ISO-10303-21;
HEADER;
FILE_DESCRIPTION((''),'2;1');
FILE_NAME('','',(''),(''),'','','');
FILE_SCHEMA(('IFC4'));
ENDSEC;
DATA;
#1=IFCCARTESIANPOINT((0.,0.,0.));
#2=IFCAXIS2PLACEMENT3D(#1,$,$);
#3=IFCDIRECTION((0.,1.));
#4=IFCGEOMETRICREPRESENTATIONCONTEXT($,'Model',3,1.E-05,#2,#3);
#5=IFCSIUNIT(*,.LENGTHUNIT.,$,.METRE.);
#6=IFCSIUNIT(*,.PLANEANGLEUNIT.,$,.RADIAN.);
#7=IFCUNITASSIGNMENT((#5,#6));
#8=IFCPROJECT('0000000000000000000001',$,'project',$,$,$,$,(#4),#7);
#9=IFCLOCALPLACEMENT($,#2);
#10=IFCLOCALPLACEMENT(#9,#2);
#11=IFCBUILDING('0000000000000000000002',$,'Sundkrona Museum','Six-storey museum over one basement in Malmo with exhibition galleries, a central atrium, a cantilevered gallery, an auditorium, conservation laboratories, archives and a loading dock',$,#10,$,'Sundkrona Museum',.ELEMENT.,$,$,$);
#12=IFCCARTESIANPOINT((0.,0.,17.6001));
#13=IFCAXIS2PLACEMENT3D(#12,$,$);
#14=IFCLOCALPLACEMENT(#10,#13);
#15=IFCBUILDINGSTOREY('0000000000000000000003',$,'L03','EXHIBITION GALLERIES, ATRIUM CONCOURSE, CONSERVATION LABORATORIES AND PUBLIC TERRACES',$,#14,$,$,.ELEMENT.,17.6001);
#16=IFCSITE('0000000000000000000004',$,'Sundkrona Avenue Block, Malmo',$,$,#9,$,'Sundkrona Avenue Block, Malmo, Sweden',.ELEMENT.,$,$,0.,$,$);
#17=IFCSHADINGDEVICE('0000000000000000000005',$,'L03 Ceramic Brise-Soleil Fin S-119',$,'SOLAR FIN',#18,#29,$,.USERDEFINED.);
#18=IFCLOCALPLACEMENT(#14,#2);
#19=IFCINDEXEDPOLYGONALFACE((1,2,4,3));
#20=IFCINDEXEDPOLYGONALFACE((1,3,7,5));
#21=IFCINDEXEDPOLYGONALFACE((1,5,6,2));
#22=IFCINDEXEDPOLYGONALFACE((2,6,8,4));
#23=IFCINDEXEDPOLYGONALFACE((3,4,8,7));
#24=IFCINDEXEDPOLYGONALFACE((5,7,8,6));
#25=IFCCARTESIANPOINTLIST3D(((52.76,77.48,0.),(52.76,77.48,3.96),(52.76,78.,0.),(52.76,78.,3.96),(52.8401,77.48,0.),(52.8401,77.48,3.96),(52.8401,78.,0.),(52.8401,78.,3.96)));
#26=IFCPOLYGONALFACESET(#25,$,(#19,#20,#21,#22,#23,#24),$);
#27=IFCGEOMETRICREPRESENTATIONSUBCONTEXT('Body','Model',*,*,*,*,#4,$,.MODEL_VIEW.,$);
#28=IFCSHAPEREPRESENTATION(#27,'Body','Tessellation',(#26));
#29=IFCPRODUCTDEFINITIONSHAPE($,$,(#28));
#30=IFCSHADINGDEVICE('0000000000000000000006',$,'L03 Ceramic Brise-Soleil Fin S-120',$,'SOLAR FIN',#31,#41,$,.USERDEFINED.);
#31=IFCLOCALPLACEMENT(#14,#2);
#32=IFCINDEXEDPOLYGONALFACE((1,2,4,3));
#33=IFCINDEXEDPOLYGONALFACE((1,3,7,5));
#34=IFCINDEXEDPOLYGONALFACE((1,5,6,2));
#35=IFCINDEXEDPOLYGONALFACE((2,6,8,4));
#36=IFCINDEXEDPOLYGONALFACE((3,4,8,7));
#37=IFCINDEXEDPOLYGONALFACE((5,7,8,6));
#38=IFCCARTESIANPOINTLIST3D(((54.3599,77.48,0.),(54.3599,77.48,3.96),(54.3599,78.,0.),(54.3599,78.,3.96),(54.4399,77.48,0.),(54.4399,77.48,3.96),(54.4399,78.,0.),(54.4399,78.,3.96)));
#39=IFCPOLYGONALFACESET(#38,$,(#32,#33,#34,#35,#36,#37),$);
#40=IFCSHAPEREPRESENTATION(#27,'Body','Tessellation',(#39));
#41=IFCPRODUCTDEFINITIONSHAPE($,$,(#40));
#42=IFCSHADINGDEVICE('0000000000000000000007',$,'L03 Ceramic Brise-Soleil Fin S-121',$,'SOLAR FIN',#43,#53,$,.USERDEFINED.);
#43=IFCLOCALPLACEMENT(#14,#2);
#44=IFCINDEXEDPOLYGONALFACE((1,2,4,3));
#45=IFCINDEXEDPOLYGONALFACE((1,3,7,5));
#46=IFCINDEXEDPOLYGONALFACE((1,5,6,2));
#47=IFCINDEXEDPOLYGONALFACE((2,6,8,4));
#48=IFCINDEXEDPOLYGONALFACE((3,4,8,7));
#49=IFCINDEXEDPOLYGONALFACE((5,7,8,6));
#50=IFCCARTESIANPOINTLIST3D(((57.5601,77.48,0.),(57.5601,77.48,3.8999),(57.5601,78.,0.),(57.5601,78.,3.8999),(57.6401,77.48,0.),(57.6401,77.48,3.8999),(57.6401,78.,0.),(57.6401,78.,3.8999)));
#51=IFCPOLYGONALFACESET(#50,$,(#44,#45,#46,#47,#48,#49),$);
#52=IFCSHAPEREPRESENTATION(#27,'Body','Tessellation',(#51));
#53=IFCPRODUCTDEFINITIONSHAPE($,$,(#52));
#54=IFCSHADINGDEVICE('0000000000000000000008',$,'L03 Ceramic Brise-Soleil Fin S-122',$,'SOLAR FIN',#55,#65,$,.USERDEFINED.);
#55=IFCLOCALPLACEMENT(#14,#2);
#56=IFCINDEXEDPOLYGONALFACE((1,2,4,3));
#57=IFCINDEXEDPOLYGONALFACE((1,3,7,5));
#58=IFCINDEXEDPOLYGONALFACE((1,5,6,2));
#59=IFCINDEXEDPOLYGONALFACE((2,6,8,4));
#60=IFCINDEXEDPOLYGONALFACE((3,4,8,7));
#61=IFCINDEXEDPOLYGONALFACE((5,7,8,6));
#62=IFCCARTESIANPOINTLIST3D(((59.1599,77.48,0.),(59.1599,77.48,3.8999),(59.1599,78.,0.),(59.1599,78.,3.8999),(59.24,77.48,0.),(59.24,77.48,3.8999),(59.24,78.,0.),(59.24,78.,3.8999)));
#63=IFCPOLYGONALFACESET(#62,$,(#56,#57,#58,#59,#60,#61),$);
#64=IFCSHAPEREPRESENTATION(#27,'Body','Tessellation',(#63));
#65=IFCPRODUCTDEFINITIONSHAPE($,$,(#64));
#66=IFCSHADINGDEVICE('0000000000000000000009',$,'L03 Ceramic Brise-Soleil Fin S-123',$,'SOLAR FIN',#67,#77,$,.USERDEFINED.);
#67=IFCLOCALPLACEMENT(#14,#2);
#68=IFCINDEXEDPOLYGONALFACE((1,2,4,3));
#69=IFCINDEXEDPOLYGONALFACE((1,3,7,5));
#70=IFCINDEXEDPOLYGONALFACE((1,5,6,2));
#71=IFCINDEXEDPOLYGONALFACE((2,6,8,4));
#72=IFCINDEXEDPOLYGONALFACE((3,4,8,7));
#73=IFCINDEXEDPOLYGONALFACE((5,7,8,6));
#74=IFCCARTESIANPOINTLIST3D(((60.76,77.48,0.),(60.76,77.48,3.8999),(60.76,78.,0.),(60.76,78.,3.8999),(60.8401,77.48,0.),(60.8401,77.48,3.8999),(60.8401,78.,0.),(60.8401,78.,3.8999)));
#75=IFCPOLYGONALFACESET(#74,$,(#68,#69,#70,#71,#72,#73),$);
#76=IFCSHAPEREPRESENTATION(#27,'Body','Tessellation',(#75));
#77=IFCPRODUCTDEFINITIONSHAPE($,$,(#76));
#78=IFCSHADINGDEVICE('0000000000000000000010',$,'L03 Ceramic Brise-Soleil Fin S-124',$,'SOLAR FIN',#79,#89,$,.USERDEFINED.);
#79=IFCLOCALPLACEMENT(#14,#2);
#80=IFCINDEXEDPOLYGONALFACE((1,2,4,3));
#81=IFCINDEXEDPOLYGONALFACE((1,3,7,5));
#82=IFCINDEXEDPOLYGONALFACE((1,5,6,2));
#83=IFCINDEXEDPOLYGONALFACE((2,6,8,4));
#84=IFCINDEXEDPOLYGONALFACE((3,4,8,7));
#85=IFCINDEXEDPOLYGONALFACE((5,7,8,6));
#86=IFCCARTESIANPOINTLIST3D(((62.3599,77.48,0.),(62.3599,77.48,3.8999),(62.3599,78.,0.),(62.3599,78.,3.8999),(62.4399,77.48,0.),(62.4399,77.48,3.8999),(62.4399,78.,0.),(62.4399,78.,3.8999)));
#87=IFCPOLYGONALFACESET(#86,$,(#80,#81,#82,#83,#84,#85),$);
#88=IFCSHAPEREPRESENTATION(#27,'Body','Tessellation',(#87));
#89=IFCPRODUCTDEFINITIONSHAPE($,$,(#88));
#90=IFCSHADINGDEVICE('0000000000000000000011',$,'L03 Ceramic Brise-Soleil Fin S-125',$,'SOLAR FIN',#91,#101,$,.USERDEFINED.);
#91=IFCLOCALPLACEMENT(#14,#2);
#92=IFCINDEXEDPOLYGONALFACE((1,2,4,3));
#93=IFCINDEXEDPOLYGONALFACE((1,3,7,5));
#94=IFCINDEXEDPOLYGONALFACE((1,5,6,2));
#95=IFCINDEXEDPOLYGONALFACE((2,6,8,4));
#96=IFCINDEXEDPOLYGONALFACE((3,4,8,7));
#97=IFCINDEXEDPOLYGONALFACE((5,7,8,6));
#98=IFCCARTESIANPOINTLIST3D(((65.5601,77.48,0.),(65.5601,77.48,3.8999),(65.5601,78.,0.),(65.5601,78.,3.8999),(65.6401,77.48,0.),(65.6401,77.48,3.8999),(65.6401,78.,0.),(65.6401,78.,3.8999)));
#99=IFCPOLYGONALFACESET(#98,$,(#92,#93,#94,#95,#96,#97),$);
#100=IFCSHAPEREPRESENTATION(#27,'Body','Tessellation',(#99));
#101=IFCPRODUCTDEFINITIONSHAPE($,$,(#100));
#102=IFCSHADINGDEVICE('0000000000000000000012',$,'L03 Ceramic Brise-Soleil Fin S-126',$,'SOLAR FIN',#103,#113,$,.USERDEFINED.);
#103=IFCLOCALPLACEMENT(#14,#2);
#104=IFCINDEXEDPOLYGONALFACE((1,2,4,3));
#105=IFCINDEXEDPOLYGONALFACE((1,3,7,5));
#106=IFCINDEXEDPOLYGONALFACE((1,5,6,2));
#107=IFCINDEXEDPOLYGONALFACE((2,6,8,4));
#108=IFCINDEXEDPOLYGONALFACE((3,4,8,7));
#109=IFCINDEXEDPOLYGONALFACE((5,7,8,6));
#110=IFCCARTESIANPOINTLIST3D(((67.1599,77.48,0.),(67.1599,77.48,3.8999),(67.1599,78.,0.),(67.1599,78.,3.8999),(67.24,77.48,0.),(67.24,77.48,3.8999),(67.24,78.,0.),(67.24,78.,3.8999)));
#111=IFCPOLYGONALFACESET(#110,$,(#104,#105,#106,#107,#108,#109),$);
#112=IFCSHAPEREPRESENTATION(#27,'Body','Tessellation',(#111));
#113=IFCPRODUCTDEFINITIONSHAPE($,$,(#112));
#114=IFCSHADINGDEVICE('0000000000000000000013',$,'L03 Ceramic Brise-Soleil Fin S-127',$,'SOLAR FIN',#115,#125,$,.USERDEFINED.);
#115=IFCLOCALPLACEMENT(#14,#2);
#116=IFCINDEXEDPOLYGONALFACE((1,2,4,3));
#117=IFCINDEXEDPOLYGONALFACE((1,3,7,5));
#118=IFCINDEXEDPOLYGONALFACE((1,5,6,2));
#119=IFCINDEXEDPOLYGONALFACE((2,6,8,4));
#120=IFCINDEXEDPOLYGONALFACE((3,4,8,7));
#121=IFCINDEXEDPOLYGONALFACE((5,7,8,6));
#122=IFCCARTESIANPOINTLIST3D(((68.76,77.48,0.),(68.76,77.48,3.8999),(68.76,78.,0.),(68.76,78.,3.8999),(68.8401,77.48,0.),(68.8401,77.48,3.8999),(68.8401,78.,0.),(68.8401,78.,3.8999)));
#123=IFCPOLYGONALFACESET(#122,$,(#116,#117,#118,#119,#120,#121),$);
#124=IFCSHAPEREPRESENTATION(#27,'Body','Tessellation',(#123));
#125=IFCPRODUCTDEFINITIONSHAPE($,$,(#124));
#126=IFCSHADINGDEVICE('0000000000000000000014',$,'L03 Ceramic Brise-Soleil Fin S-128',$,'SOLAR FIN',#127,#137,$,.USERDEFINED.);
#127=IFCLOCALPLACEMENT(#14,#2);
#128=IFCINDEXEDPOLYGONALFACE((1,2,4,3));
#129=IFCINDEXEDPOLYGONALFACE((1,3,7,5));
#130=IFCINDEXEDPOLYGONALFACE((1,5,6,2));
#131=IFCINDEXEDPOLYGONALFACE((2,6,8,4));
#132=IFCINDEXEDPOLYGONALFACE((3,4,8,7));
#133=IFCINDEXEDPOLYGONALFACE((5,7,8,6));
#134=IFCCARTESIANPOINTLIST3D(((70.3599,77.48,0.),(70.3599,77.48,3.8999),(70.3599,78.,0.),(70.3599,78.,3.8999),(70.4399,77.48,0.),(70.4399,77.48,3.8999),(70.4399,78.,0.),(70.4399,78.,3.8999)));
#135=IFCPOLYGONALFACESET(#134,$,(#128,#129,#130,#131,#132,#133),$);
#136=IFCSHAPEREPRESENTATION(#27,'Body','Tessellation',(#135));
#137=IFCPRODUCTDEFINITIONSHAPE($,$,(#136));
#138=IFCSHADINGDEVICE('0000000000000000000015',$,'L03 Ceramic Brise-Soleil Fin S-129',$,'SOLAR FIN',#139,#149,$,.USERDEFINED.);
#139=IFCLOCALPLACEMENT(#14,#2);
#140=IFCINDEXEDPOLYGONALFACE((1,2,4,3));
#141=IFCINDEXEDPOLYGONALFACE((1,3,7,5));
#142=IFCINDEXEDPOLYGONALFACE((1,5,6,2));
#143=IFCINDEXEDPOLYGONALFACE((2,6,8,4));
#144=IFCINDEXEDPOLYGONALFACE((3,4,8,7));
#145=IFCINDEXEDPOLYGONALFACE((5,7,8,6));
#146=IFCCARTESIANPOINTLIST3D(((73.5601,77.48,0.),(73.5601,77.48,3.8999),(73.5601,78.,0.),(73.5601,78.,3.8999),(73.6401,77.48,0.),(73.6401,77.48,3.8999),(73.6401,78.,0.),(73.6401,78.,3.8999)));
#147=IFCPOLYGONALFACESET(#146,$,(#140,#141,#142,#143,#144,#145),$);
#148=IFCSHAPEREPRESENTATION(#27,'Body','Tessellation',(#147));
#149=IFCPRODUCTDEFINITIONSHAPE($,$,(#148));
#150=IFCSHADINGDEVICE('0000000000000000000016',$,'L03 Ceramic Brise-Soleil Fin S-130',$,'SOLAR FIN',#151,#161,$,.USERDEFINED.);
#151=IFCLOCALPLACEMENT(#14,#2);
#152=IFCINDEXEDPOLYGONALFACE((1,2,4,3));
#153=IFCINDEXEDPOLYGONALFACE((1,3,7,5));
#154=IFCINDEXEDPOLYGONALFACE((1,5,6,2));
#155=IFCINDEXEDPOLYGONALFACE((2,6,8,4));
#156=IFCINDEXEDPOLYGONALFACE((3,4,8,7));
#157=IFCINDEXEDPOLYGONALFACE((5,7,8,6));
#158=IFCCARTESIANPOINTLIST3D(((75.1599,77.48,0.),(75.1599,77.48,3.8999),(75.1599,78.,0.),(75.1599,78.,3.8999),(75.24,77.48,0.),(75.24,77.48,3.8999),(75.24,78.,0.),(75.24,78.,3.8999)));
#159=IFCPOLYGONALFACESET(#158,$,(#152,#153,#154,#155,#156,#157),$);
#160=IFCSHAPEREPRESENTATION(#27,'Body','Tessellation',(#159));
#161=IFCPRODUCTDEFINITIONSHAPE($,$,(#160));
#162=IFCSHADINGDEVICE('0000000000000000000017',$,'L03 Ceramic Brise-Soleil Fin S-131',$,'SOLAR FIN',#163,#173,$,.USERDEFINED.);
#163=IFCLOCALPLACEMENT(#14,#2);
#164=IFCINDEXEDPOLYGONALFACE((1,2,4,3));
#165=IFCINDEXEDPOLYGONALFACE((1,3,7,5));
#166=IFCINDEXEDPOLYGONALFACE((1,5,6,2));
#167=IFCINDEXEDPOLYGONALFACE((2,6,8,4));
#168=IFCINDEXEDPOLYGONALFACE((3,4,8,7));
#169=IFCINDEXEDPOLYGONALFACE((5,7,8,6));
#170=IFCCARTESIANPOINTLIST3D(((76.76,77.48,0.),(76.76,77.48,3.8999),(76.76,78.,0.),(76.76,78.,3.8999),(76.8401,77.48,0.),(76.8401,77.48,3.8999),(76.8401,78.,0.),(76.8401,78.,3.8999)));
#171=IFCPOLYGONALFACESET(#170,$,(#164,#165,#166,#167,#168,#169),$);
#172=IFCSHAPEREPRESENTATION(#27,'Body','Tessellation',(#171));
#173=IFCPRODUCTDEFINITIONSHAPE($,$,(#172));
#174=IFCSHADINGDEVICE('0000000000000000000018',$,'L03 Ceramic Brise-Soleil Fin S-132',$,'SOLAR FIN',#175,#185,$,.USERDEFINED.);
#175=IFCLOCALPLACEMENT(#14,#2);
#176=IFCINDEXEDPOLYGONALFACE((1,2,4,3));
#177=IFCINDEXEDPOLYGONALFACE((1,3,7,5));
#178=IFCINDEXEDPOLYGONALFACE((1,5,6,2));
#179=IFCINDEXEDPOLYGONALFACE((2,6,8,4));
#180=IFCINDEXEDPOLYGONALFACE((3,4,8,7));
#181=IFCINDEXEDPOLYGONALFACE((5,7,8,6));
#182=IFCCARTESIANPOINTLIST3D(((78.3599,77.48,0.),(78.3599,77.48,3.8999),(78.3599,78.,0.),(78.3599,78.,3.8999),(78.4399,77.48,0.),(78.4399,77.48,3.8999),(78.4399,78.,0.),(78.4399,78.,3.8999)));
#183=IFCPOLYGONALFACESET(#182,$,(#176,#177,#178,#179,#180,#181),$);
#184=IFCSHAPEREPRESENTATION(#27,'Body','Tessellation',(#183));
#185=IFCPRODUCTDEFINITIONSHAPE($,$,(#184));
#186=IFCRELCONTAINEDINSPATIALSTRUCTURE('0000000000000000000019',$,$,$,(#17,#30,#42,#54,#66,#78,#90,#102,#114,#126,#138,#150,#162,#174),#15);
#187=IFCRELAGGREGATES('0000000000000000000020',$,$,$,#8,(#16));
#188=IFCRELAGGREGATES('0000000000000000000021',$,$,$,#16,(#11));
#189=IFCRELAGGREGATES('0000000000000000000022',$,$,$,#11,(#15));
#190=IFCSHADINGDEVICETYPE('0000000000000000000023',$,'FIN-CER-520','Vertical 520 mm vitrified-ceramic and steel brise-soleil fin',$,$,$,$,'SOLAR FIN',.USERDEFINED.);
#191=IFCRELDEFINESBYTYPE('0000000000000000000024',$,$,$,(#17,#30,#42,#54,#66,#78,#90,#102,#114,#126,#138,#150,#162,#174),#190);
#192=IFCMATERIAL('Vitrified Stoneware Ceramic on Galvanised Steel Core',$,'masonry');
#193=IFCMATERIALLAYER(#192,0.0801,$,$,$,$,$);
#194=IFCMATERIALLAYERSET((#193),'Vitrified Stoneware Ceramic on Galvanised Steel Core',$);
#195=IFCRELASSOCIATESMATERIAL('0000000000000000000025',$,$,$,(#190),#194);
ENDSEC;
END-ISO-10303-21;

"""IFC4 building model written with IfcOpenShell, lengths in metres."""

from ifc_helpers import new_model, si_unit, direction, frame, origin, origin_2d, place, context, subcontext, project, spatial, rectangle, extrude, material, layer, layer_set, type_object, element, save


model = new_model("IFC4")

# Units and contexts
model_context = context("Model", 3, precision=1e-05, world=origin(), true_north=direction((0.0, 1.0)))
body_context = subcontext(model_context, "Body", "Model", "MODEL_VIEW")
ifc_project = project(units=[si_unit("LENGTHUNIT", "METRE"), si_unit("PLANEANGLEUNIT", "RADIAN")], contexts=[model_context])

# Site, building, storey
site_placement = place(None, origin())
site = spatial("IfcSite", under=ifc_project, at=site_placement, Name="Sundkrona Avenue Block, Malmo", LongName="Sundkrona Avenue Block, Malmo, Sweden", CompositionType="ELEMENT", RefElevation=0.0)
building_placement = place(site_placement, origin())
building = spatial("IfcBuilding", under=site, at=building_placement, Name="Sundkrona Museum", Description="Six-storey museum over one basement in Malmo with exhibition galleries, a central atrium, a cantilevered gallery, an auditorium, conservation laboratories, archives and a loading dock", LongName="Sundkrona Museum", CompositionType="ELEMENT")
storey_placement = place(building_placement, frame((0.0, 0.0, 17.6001)))
storey = spatial("IfcBuildingStorey", under=building, at=storey_placement, Name="L03", Description="EXHIBITION GALLERIES, ATRIUM CONCOURSE, CONSERVATION LABORATORIES AND PUBLIC TERRACES", CompositionType="ELEMENT", Elevation=17.6001)

# Shading devices
ifc_material_1 = material(Name="Vitrified Stoneware Ceramic on Galvanised Steel Core", Category="masonry")
ifc_layer_1 = layer(ifc_material_1, 0.0801)
ifc_layer_set_1 = layer_set([ifc_layer_1], Name="Vitrified Stoneware Ceramic on Galvanised Steel Core")
shading_device_type = type_object("IfcShadingDeviceType", Name="FIN-CER-520", Description="Vertical 520 mm vitrified-ceramic and steel brise-soleil fin", ElementType="SOLAR FIN", PredefinedType="USERDEFINED", material=ifc_layer_set_1)
for number, where, z_axis, x_axis, name in (
    (1, (52.8, 77.74, 0.0), (0.0, 0.0, 1.0), (1.0, 0.0, 0.0), "L03 Ceramic Brise-Soleil Fin S-119"),
    (2, (54.3999, 77.74, 0.0), (0.0, 0.0, 1.0), (1.0, 0.0, 0.0), "L03 Ceramic Brise-Soleil Fin S-120"),
):
    element("IfcShadingDevice", number, at=place(storey_placement, frame(where, z_axis=z_axis, x_axis=x_axis)), inside=storey, type_object=shading_device_type, Name=name, ObjectType="SOLAR FIN", PredefinedType="USERDEFINED", context=body_context, shape_type="SweptSolid", body=[
        extrude(rectangle(XDim=0.0801, YDim=0.52, at=origin_2d()), origin(), (0.0, 0.0, 1.0), 3.96),
    ])
for number, where, z_axis, x_axis, name in (
    (3, (57.6001, 77.74, 0.0), (0.0, 0.0, 1.0), (1.0, 0.0, 0.0), "L03 Ceramic Brise-Soleil Fin S-121"),
    (4, (59.2, 77.74, 0.0), (0.0, 0.0, 1.0), (1.0, 0.0, 0.0), "L03 Ceramic Brise-Soleil Fin S-122"),
    (5, (60.8, 77.74, 0.0), (0.0, 0.0, 1.0), (1.0, 0.0, 0.0), "L03 Ceramic Brise-Soleil Fin S-123"),
    (6, (62.3999, 77.74, 0.0), (0.0, 0.0, 1.0), (1.0, 0.0, 0.0), "L03 Ceramic Brise-Soleil Fin S-124"),
    (7, (65.6001, 77.74, 0.0), (0.0, 0.0, 1.0), (1.0, 0.0, 0.0), "L03 Ceramic Brise-Soleil Fin S-125"),
    (8, (67.2, 77.74, 0.0), (0.0, 0.0, 1.0), (1.0, 0.0, 0.0), "L03 Ceramic Brise-Soleil Fin S-126"),
    (9, (68.8, 77.74, 0.0), (0.0, 0.0, 1.0), (1.0, 0.0, 0.0), "L03 Ceramic Brise-Soleil Fin S-127"),
    (10, (70.3999, 77.74, 0.0), (0.0, 0.0, 1.0), (1.0, 0.0, 0.0), "L03 Ceramic Brise-Soleil Fin S-128"),
    (11, (73.6001, 77.74, 0.0), (0.0, 0.0, 1.0), (1.0, 0.0, 0.0), "L03 Ceramic Brise-Soleil Fin S-129"),
    (12, (75.2, 77.74, 0.0), (0.0, 0.0, 1.0), (1.0, 0.0, 0.0), "L03 Ceramic Brise-Soleil Fin S-130"),
    (13, (76.8, 77.74, 0.0), (0.0, 0.0, 1.0), (1.0, 0.0, 0.0), "L03 Ceramic Brise-Soleil Fin S-131"),
    (14, (78.3999, 77.74, 0.0), (0.0, 0.0, 1.0), (1.0, 0.0, 0.0), "L03 Ceramic Brise-Soleil Fin S-132"),
):
    element("IfcShadingDevice", number, at=place(storey_placement, frame(where, z_axis=z_axis, x_axis=x_axis)), inside=storey, type_object=shading_device_type, Name=name, ObjectType="SOLAR FIN", PredefinedType="USERDEFINED", context=body_context, shape_type="SweptSolid", body=[
        extrude(rectangle(XDim=0.0801, YDim=0.52, at=origin_2d()), origin(), (0.0, 0.0, 1.0), 3.8999),
    ])

save(model, "model.ifc")
